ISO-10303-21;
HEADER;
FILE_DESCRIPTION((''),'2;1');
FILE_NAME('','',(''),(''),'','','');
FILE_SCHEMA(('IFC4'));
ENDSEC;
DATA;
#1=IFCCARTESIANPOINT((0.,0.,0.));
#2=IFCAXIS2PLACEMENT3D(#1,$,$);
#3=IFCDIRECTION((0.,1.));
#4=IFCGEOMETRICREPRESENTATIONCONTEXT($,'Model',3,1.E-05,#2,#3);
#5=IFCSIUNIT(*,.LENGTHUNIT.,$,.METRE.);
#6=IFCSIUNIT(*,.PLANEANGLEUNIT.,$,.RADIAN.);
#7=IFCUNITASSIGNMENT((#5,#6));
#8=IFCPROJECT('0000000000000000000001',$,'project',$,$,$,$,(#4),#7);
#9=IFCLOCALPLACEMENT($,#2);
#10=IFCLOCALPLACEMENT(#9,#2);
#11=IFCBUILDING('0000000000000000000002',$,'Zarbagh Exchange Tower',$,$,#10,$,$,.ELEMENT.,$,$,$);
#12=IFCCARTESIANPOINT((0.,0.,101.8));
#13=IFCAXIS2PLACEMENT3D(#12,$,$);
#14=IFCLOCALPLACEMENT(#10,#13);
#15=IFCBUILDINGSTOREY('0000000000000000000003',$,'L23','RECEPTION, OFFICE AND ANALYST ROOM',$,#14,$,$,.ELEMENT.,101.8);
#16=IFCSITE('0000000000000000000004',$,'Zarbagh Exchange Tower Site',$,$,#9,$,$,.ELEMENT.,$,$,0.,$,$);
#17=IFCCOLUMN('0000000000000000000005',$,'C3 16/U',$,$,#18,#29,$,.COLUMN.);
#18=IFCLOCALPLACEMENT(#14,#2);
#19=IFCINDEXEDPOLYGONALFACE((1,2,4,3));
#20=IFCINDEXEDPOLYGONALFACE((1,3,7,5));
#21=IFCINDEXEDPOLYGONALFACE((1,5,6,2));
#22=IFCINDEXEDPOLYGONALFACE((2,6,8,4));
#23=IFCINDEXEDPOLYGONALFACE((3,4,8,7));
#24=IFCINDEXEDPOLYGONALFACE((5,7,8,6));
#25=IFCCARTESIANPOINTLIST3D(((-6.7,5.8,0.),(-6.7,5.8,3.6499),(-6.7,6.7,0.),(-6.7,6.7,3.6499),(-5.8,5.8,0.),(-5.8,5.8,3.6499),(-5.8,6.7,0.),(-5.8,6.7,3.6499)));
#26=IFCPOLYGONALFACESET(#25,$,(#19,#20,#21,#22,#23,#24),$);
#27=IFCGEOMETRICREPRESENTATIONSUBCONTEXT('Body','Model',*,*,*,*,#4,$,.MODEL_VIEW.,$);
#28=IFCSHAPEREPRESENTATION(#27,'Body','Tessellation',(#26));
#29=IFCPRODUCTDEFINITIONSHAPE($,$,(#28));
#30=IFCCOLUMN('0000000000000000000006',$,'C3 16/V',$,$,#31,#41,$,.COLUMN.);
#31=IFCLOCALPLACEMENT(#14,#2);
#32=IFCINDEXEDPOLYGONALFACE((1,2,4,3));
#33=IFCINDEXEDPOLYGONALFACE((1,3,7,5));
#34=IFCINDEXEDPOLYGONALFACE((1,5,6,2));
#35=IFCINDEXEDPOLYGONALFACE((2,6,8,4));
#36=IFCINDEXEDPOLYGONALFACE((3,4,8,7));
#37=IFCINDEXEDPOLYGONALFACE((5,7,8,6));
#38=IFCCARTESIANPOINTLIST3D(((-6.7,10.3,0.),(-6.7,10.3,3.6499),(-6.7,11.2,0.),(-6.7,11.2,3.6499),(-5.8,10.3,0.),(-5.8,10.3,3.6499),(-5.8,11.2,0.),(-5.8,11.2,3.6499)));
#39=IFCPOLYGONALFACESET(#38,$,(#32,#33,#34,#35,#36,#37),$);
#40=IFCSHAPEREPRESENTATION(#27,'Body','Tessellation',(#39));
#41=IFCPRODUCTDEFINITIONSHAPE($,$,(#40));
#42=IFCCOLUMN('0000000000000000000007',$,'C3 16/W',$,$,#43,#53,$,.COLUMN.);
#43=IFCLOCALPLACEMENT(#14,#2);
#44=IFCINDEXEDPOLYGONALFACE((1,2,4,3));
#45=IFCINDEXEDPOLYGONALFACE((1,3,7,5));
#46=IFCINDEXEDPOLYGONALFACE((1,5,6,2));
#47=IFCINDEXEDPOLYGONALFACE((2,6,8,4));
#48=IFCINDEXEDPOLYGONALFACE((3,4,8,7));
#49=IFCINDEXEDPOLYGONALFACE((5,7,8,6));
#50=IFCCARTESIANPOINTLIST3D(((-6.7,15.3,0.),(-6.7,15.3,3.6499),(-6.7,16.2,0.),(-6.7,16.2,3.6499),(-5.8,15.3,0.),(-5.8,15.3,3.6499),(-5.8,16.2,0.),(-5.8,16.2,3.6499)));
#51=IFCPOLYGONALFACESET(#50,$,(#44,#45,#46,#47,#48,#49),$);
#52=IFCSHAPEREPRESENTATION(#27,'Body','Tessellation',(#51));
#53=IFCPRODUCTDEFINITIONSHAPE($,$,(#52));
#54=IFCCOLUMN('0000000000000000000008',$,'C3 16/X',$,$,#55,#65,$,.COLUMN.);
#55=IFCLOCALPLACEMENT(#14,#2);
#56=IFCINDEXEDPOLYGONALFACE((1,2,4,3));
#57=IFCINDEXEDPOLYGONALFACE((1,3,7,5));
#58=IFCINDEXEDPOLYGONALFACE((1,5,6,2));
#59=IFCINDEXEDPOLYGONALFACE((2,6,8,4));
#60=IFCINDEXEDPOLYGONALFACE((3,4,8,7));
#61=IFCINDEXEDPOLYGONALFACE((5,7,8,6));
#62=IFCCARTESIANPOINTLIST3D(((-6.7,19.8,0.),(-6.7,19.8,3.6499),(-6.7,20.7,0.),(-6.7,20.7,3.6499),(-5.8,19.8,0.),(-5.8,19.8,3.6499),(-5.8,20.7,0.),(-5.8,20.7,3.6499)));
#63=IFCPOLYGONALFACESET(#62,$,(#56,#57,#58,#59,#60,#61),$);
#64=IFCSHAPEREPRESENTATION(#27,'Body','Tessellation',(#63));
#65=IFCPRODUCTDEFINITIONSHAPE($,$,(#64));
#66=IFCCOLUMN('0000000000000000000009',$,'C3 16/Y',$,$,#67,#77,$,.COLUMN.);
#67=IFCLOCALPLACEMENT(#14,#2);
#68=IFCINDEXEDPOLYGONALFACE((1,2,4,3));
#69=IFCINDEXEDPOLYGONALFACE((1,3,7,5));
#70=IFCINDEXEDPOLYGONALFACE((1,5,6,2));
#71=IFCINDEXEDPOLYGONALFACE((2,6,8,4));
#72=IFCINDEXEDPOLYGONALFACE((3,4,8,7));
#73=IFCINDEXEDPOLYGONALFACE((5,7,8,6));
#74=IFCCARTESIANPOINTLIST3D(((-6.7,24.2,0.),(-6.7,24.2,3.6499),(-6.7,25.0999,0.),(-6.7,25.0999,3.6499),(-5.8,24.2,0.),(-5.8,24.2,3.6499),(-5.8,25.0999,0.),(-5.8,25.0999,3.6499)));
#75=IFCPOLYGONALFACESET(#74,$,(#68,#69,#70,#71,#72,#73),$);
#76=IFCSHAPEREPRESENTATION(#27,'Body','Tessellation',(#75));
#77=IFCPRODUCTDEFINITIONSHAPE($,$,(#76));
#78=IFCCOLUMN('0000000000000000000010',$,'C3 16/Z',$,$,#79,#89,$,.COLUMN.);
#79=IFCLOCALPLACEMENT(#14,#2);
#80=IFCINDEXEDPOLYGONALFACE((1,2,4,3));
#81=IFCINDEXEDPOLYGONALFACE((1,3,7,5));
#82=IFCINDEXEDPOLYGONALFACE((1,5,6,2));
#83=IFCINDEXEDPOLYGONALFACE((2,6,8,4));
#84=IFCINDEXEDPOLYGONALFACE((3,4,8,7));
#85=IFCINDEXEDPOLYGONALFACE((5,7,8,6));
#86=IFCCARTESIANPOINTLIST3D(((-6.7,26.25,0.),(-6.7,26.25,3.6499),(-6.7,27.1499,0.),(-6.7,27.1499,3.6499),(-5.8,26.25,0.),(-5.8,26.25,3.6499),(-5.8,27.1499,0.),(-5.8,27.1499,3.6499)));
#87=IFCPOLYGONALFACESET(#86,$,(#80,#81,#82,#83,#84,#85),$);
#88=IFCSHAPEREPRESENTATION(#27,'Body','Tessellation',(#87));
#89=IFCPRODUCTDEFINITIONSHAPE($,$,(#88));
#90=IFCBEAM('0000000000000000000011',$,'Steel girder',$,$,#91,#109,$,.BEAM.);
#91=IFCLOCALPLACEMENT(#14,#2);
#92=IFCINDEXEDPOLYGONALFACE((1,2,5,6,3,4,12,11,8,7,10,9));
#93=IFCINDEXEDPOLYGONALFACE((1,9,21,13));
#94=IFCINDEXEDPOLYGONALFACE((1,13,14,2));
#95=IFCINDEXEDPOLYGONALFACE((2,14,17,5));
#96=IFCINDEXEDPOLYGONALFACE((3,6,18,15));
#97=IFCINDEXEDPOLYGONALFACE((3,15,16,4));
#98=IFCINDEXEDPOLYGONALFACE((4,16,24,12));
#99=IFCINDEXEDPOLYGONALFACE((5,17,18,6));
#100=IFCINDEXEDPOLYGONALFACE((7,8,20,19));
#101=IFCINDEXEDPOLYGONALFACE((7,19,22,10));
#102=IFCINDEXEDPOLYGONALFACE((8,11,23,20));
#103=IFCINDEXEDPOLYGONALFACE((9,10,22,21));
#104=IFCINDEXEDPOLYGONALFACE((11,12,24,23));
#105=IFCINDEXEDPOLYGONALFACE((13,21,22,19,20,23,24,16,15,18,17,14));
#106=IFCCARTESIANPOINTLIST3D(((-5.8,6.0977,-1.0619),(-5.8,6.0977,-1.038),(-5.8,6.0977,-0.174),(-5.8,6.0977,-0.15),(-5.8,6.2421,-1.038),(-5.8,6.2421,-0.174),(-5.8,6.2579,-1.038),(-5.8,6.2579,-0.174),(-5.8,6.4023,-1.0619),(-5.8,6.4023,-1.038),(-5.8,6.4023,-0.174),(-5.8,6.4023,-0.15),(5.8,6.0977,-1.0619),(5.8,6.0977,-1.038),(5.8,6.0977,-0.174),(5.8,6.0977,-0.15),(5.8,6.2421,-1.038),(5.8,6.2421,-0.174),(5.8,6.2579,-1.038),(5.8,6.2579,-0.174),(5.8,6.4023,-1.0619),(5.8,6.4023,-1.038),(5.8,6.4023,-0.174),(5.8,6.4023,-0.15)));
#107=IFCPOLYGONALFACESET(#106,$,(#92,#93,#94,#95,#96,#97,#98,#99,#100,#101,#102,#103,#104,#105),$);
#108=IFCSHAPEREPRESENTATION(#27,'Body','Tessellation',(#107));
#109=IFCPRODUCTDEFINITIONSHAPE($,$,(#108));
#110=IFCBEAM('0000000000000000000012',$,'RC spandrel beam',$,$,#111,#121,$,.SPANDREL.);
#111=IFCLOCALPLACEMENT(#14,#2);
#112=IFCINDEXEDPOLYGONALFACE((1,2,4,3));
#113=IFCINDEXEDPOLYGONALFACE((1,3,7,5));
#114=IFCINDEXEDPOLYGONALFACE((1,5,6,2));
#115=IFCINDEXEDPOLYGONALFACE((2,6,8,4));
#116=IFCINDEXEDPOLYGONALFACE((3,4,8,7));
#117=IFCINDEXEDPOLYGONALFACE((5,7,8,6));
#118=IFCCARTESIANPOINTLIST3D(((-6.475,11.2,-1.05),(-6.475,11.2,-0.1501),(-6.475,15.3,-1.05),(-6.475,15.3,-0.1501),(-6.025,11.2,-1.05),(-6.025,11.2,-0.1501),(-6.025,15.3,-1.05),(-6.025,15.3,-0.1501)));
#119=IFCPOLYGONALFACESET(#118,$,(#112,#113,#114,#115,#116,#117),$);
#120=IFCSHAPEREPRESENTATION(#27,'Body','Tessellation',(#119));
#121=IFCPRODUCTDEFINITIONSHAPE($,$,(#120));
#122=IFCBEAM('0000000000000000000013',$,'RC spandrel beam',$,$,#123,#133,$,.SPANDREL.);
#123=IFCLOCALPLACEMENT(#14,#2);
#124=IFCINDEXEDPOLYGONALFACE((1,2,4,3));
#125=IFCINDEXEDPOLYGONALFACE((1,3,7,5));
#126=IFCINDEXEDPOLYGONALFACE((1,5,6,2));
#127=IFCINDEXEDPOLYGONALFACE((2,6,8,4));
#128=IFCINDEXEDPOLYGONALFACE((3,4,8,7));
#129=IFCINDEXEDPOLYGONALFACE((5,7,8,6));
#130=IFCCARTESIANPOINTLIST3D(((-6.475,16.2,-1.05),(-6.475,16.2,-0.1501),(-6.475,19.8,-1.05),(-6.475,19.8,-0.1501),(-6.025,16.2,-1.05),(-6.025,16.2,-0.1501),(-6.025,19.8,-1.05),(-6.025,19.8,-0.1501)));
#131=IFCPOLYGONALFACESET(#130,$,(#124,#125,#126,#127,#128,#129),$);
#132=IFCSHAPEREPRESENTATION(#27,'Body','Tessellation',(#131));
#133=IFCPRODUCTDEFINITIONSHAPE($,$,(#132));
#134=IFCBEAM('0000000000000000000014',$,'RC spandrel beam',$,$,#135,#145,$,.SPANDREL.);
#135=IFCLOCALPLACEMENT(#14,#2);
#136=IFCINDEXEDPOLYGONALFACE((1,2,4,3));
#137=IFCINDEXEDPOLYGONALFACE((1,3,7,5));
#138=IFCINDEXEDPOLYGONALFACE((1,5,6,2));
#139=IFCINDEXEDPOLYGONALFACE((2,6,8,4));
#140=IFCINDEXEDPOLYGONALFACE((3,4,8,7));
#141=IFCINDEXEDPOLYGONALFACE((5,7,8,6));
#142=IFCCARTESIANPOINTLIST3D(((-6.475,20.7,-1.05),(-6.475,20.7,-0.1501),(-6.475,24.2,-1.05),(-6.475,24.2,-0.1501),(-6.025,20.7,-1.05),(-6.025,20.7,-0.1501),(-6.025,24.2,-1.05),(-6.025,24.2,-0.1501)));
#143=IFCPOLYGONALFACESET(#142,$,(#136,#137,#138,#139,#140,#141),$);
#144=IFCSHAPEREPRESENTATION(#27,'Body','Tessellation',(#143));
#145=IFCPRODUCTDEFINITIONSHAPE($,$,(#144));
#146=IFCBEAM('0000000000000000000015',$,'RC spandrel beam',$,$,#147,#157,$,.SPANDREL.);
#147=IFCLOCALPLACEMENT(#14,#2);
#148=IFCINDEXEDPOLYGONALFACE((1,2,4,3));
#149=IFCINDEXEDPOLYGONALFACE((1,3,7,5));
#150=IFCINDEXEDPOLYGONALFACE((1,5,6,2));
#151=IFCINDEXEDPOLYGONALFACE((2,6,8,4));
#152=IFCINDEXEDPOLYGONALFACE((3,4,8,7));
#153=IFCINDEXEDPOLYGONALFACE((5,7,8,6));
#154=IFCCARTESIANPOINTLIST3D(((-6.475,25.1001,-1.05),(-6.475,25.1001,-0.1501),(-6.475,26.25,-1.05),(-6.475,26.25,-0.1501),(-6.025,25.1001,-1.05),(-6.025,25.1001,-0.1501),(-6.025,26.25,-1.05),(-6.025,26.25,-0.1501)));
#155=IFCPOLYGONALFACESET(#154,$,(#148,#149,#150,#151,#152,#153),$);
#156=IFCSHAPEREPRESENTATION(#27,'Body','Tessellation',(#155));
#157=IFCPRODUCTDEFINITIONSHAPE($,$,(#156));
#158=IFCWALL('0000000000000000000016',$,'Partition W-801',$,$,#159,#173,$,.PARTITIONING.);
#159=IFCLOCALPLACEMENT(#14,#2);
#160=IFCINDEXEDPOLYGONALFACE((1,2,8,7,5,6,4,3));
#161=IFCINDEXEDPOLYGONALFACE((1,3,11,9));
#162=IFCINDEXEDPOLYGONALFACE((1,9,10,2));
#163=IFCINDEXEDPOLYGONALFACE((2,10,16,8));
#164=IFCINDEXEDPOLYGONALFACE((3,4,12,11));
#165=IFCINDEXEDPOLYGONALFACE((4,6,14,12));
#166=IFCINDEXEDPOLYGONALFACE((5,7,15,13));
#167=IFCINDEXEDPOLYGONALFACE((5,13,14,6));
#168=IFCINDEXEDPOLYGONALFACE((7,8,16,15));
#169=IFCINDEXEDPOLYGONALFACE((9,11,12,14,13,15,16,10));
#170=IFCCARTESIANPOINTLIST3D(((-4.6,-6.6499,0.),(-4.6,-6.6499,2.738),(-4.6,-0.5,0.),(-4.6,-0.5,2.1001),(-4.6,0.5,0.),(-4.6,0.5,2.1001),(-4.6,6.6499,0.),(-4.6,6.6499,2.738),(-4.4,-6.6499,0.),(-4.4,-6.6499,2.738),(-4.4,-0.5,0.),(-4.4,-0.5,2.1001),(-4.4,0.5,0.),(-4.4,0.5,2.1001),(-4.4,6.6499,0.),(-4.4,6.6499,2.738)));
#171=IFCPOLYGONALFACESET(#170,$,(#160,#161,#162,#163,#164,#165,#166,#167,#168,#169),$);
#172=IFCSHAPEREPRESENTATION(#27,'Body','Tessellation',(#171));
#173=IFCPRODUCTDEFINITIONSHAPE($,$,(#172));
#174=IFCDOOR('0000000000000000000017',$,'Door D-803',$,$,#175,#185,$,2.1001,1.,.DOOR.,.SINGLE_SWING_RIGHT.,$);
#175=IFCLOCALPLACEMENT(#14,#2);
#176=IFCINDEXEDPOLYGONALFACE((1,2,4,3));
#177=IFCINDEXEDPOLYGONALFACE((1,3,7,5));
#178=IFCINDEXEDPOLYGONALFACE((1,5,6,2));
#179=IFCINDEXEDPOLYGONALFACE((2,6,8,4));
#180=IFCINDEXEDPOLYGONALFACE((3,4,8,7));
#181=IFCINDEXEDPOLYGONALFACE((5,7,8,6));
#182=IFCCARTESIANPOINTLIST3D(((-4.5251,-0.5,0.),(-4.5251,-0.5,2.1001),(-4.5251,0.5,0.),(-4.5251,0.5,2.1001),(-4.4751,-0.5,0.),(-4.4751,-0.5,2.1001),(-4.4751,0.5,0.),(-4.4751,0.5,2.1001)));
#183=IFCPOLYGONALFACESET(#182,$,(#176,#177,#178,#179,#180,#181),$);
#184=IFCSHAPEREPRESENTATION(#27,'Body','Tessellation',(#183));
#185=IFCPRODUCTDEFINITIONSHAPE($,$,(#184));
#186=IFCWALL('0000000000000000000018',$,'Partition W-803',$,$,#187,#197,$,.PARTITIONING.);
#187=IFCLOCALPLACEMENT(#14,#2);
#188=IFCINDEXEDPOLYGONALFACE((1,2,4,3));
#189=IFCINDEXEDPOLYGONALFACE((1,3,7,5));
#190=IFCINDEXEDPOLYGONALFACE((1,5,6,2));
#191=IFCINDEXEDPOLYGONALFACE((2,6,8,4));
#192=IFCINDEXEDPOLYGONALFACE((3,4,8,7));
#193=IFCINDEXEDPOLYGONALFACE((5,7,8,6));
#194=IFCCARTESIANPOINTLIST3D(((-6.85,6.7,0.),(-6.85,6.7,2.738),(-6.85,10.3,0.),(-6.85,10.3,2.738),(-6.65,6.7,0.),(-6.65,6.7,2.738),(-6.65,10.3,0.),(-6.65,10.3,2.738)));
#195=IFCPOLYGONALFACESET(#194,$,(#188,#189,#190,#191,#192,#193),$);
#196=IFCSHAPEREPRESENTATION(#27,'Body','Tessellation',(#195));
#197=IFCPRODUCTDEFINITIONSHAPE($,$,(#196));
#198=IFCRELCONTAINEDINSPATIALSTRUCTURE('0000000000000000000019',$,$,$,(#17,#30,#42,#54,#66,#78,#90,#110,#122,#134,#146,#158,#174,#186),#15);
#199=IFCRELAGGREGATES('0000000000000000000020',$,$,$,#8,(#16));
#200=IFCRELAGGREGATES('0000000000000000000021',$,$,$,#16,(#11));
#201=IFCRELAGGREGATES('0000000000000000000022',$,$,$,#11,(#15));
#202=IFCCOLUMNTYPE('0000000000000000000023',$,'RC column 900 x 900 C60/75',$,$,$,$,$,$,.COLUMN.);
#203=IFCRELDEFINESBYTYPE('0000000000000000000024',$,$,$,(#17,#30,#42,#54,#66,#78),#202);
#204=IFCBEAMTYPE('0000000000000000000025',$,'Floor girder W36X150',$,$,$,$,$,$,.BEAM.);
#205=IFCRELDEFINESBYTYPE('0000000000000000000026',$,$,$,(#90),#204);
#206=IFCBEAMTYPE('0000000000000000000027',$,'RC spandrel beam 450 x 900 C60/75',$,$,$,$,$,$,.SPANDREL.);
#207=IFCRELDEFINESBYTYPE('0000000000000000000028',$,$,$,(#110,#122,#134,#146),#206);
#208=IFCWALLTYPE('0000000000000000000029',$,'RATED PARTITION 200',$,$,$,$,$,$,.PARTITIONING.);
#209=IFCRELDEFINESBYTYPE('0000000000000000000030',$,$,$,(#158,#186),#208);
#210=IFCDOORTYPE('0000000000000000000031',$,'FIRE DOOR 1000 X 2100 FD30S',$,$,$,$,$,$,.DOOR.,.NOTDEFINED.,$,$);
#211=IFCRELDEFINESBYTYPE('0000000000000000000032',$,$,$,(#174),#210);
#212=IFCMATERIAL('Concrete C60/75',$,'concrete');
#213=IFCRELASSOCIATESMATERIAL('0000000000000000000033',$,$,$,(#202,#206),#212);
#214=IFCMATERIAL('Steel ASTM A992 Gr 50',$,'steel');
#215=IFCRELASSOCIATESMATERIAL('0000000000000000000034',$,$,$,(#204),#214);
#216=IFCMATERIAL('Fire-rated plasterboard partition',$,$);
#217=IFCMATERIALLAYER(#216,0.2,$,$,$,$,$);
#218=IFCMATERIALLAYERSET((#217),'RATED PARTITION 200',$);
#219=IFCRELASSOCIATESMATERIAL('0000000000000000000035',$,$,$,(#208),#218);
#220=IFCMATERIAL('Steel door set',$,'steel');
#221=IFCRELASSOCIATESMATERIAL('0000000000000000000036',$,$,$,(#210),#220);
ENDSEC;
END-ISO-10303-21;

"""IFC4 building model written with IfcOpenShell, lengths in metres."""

from ifc_helpers import new_model, si_unit, direction, frame, frame_2d, origin, origin_2d, place, context, subcontext, project, spatial, rectangle, i_section, extrude, material, layer, layer_set, material_profile, profile_set, type_object, element, fill, save


model = new_model("IFC4")

# Units and contexts
model_context = context("Model", 3, precision=1e-05, world=origin(), true_north=direction((0.0, 1.0)))
body_context = subcontext(model_context, "Body", "Model", "MODEL_VIEW")
ifc_project = project(units=[si_unit("LENGTHUNIT", "METRE"), si_unit("PLANEANGLEUNIT", "RADIAN")], contexts=[model_context])

# Site, building, storey
site_placement = place(None, origin())
site = spatial("IfcSite", under=ifc_project, at=site_placement, Name="Zarbagh Exchange Tower Site", CompositionType="ELEMENT", RefElevation=0.0)
building_placement = place(site_placement, origin())
building = spatial("IfcBuilding", under=site, at=building_placement, Name="Zarbagh Exchange Tower", CompositionType="ELEMENT")
storey_placement = place(building_placement, frame((0.0, 0.0, 101.8)))
storey = spatial("IfcBuildingStorey", under=building, at=storey_placement, Name="L23", Description="RECEPTION, OFFICE AND ANALYST ROOM", CompositionType="ELEMENT", Elevation=101.8)

# Columns
ifc_material_1 = material(Name="Concrete C60/75", Category="concrete")
ifc_material_profile_1 = material_profile(ifc_material_1, rectangle(XDim=0.8999, YDim=0.8999, at=origin_2d()), Name="RC column 900 x 900 C60/75")
ifc_profile_set_1 = profile_set([ifc_material_profile_1], Name="Concrete C60/75")
column_type = type_object("IfcColumnType", Name="RC column 900 x 900 C60/75", PredefinedType="COLUMN", material=ifc_profile_set_1)
for number, where, z_axis, x_axis, name in (
    (1, (-6.25, 6.25, 0.0), (0.0, 0.0, 1.0), (1.0, 0.0, 0.0), "C3 16/U"),
    (2, (-6.25, 10.75, 0.0), (0.0, 0.0, 1.0), (1.0, 0.0, 0.0), "C3 16/V"),
    (3, (-6.25, 15.75, 0.0), (0.0, 0.0, 1.0), (1.0, 0.0, 0.0), "C3 16/W"),
    (4, (-6.25, 20.25, 0.0), (0.0, 0.0, 1.0), (1.0, 0.0, 0.0), "C3 16/X"),
    (5, (-6.25, 24.6499, 0.0), (0.0, 0.0, 1.0), (1.0, 0.0, 0.0), "C3 16/Y"),
    (6, (-6.25, 26.7, 0.0), (0.0, 0.0, 1.0), (1.0, 0.0, 0.0), "C3 16/Z"),
):
    element("IfcColumn", number, at=place(storey_placement, frame(where, z_axis=z_axis, x_axis=x_axis)), inside=storey, type_object=column_type, Name=name, PredefinedType="COLUMN", context=body_context, shape_type="SweptSolid", body=[
        extrude(rectangle(XDim=0.8999, YDim=0.8999, at=origin_2d()), origin(), (0.0, 0.0, 1.0), 3.6499),
    ])

# Beams
ifc_material_2 = material(Name="Steel ASTM A992 Gr 50", Category="steel")
ifc_material_profile_2 = material_profile(ifc_material_2, i_section(OverallWidth=0.3047, OverallDepth=0.9119, WebThickness=0.0159, FlangeThickness=0.0239, at=origin_2d()), Name="W36X150")
ifc_profile_set_2 = profile_set([ifc_material_profile_2], Name="Steel ASTM A992 Gr 50")
beam_type_1 = type_object("IfcBeamType", Name="Floor girder W36X150", PredefinedType="BEAM", material=ifc_profile_set_2)
beam_1_placement = place(storey_placement, frame((-5.8, 6.25, -0.606), z_axis=(1.0, 0.0, 0.0), x_axis=(0.0, 1.0, 0.0)))
element("IfcBeam", 7, at=beam_1_placement, inside=storey, type_object=beam_type_1, Name="Steel girder", PredefinedType="BEAM", context=body_context, shape_type="SweptSolid", body=[
    extrude(i_section(OverallWidth=0.3047, OverallDepth=0.9119, WebThickness=0.0159, FlangeThickness=0.0239, at=origin_2d()), origin(), (0.0, 0.0, 1.0), 11.6001),
])
ifc_material_profile_3 = material_profile(ifc_material_1, rectangle(XDim=0.45, YDim=0.8999, at=origin_2d()), Name="RC spandrel beam 450 x 900 C60/75")
ifc_profile_set_3 = profile_set([ifc_material_profile_3], Name="Concrete C60/75")
beam_type_2 = type_object("IfcBeamType", Name="RC spandrel beam 450 x 900 C60/75", PredefinedType="SPANDREL", material=ifc_profile_set_3)
beam_2_placement = place(storey_placement, frame((-6.25, 11.2, -0.6001), z_axis=(0.0, 1.0, 0.0), x_axis=(-1.0, 0.0, 0.0)))
element("IfcBeam", 8, at=beam_2_placement, inside=storey, type_object=beam_type_2, Name="RC spandrel beam", PredefinedType="SPANDREL", context=body_context, shape_type="SweptSolid", body=[
    extrude(rectangle(XDim=0.45, YDim=0.8999, at=origin_2d()), origin(), (0.0, 0.0, 1.0), 4.1001),
])
beam_3_placement = place(storey_placement, frame((-6.25, 16.2, -0.6001), z_axis=(0.0, 1.0, 0.0), x_axis=(-1.0, 0.0, 0.0)))
element("IfcBeam", 9, at=beam_3_placement, inside=storey, type_object=beam_type_2, Name="RC spandrel beam", PredefinedType="SPANDREL", context=body_context, shape_type="SweptSolid", body=[
    extrude(rectangle(XDim=0.45, YDim=0.8999, at=origin_2d()), origin(), (0.0, 0.0, 1.0), 3.6001),
])
beam_4_placement = place(storey_placement, frame((-6.25, 20.7, -0.6001), z_axis=(0.0, 1.0, 0.0), x_axis=(-1.0, 0.0, 0.0)))
element("IfcBeam", 10, at=beam_4_placement, inside=storey, type_object=beam_type_2, Name="RC spandrel beam", PredefinedType="SPANDREL", context=body_context, shape_type="SweptSolid", body=[
    extrude(rectangle(XDim=0.45, YDim=0.8999, at=origin_2d()), origin(), (0.0, 0.0, 1.0), 3.5),
])
beam_5_placement = place(storey_placement, frame((-6.25, 25.1001, -0.6001), z_axis=(0.0, 1.0, 0.0), x_axis=(-1.0, 0.0, 0.0)))
element("IfcBeam", 11, at=beam_5_placement, inside=storey, type_object=beam_type_2, Name="RC spandrel beam", PredefinedType="SPANDREL", context=body_context, shape_type="SweptSolid", body=[
    extrude(rectangle(XDim=0.45, YDim=0.8999, at=origin_2d()), origin(), (0.0, 0.0, 1.0), 1.1499),
])

# Wall, opening, door
ifc_material_3 = material(Name="Fire-rated plasterboard partition")
ifc_layer_1 = layer(ifc_material_3, 0.2)
ifc_layer_set_1 = layer_set([ifc_layer_1], Name="RATED PARTITION 200")
wall_type_1 = type_object("IfcWallType", Name="RATED PARTITION 200", PredefinedType="PARTITIONING", material=ifc_layer_set_1)
wall_1_placement = place(storey_placement, frame((-4.5, 6.6499, 0.0), z_axis=(0.0, 0.0, 1.0), x_axis=(0.0, -1.0, 0.0)))
wall_1 = element("IfcWall", 12, at=wall_1_placement, inside=storey, type_object=wall_type_1, Name="Partition W-801", PredefinedType="PARTITIONING", context=body_context, shape_type="SweptSolid", body=[
    extrude(rectangle(XDim=13.2998, YDim=0.2, at=frame_2d((6.6499, 0.0))), origin(), (0.0, 0.0, 1.0), 2.738),
])
opening_1_placement = place(wall_1_placement, frame((6.1499, 0.0, 0.0)))
opening_1 = element("IfcOpeningElement", 13, at=opening_1_placement, cuts=wall_1, PredefinedType="OPENING", context=body_context, shape_type="SweptSolid", body=[
    extrude(rectangle(XDim=1.0, YDim=2.1001, at=frame_2d((0.5, 1.05))), frame((0.0, 0.1099, 0.0), z_axis=(0.0, -1.0, 0.0), x_axis=(1.0, 0.0, 0.0)), (0.0, 0.0, 1.0), 0.22),
])
ifc_material_4 = material(Name="Steel door set", Category="steel")
door_type_1 = type_object("IfcDoorType", Name="FIRE DOOR 1000 X 2100 FD30S", OperationType="NOTDEFINED", PredefinedType="DOOR", material=ifc_material_4)
door_1_placement = place(opening_1_placement, origin())
door_1 = element("IfcDoor", 14, at=door_1_placement, inside=storey, type_object=door_type_1, Name="Door D-803", OperationType="SINGLE_SWING_RIGHT", OverallHeight=2.1001, OverallWidth=1.0, PredefinedType="DOOR", context=body_context, shape_type="SweptSolid", body=[
    extrude(rectangle(XDim=1.0, YDim=2.1001, at=frame_2d((0.5, 1.05))), frame((0.0, 0.0249, 0.0), z_axis=(0.0, -1.0, 0.0), x_axis=(1.0, 0.0, 0.0)), (0.0, 0.0, 1.0), 0.05),
])
fill(opening_1, door_1)

# Wall
wall_2_placement = place(storey_placement, frame((-6.75, 6.7, 0.0), z_axis=(0.0, 0.0, 1.0), x_axis=(0.0, 1.0, 0.0)))
element("IfcWall", 15, at=wall_2_placement, inside=storey, type_object=wall_type_1, Name="Partition W-803", PredefinedType="PARTITIONING", context=body_context, shape_type="SweptSolid", body=[
    extrude(rectangle(XDim=3.6001, YDim=0.2, at=frame_2d((1.8, 0.0))), origin(), (0.0, 0.0, 1.0), 2.738),
])

save(model, "model.ifc")
